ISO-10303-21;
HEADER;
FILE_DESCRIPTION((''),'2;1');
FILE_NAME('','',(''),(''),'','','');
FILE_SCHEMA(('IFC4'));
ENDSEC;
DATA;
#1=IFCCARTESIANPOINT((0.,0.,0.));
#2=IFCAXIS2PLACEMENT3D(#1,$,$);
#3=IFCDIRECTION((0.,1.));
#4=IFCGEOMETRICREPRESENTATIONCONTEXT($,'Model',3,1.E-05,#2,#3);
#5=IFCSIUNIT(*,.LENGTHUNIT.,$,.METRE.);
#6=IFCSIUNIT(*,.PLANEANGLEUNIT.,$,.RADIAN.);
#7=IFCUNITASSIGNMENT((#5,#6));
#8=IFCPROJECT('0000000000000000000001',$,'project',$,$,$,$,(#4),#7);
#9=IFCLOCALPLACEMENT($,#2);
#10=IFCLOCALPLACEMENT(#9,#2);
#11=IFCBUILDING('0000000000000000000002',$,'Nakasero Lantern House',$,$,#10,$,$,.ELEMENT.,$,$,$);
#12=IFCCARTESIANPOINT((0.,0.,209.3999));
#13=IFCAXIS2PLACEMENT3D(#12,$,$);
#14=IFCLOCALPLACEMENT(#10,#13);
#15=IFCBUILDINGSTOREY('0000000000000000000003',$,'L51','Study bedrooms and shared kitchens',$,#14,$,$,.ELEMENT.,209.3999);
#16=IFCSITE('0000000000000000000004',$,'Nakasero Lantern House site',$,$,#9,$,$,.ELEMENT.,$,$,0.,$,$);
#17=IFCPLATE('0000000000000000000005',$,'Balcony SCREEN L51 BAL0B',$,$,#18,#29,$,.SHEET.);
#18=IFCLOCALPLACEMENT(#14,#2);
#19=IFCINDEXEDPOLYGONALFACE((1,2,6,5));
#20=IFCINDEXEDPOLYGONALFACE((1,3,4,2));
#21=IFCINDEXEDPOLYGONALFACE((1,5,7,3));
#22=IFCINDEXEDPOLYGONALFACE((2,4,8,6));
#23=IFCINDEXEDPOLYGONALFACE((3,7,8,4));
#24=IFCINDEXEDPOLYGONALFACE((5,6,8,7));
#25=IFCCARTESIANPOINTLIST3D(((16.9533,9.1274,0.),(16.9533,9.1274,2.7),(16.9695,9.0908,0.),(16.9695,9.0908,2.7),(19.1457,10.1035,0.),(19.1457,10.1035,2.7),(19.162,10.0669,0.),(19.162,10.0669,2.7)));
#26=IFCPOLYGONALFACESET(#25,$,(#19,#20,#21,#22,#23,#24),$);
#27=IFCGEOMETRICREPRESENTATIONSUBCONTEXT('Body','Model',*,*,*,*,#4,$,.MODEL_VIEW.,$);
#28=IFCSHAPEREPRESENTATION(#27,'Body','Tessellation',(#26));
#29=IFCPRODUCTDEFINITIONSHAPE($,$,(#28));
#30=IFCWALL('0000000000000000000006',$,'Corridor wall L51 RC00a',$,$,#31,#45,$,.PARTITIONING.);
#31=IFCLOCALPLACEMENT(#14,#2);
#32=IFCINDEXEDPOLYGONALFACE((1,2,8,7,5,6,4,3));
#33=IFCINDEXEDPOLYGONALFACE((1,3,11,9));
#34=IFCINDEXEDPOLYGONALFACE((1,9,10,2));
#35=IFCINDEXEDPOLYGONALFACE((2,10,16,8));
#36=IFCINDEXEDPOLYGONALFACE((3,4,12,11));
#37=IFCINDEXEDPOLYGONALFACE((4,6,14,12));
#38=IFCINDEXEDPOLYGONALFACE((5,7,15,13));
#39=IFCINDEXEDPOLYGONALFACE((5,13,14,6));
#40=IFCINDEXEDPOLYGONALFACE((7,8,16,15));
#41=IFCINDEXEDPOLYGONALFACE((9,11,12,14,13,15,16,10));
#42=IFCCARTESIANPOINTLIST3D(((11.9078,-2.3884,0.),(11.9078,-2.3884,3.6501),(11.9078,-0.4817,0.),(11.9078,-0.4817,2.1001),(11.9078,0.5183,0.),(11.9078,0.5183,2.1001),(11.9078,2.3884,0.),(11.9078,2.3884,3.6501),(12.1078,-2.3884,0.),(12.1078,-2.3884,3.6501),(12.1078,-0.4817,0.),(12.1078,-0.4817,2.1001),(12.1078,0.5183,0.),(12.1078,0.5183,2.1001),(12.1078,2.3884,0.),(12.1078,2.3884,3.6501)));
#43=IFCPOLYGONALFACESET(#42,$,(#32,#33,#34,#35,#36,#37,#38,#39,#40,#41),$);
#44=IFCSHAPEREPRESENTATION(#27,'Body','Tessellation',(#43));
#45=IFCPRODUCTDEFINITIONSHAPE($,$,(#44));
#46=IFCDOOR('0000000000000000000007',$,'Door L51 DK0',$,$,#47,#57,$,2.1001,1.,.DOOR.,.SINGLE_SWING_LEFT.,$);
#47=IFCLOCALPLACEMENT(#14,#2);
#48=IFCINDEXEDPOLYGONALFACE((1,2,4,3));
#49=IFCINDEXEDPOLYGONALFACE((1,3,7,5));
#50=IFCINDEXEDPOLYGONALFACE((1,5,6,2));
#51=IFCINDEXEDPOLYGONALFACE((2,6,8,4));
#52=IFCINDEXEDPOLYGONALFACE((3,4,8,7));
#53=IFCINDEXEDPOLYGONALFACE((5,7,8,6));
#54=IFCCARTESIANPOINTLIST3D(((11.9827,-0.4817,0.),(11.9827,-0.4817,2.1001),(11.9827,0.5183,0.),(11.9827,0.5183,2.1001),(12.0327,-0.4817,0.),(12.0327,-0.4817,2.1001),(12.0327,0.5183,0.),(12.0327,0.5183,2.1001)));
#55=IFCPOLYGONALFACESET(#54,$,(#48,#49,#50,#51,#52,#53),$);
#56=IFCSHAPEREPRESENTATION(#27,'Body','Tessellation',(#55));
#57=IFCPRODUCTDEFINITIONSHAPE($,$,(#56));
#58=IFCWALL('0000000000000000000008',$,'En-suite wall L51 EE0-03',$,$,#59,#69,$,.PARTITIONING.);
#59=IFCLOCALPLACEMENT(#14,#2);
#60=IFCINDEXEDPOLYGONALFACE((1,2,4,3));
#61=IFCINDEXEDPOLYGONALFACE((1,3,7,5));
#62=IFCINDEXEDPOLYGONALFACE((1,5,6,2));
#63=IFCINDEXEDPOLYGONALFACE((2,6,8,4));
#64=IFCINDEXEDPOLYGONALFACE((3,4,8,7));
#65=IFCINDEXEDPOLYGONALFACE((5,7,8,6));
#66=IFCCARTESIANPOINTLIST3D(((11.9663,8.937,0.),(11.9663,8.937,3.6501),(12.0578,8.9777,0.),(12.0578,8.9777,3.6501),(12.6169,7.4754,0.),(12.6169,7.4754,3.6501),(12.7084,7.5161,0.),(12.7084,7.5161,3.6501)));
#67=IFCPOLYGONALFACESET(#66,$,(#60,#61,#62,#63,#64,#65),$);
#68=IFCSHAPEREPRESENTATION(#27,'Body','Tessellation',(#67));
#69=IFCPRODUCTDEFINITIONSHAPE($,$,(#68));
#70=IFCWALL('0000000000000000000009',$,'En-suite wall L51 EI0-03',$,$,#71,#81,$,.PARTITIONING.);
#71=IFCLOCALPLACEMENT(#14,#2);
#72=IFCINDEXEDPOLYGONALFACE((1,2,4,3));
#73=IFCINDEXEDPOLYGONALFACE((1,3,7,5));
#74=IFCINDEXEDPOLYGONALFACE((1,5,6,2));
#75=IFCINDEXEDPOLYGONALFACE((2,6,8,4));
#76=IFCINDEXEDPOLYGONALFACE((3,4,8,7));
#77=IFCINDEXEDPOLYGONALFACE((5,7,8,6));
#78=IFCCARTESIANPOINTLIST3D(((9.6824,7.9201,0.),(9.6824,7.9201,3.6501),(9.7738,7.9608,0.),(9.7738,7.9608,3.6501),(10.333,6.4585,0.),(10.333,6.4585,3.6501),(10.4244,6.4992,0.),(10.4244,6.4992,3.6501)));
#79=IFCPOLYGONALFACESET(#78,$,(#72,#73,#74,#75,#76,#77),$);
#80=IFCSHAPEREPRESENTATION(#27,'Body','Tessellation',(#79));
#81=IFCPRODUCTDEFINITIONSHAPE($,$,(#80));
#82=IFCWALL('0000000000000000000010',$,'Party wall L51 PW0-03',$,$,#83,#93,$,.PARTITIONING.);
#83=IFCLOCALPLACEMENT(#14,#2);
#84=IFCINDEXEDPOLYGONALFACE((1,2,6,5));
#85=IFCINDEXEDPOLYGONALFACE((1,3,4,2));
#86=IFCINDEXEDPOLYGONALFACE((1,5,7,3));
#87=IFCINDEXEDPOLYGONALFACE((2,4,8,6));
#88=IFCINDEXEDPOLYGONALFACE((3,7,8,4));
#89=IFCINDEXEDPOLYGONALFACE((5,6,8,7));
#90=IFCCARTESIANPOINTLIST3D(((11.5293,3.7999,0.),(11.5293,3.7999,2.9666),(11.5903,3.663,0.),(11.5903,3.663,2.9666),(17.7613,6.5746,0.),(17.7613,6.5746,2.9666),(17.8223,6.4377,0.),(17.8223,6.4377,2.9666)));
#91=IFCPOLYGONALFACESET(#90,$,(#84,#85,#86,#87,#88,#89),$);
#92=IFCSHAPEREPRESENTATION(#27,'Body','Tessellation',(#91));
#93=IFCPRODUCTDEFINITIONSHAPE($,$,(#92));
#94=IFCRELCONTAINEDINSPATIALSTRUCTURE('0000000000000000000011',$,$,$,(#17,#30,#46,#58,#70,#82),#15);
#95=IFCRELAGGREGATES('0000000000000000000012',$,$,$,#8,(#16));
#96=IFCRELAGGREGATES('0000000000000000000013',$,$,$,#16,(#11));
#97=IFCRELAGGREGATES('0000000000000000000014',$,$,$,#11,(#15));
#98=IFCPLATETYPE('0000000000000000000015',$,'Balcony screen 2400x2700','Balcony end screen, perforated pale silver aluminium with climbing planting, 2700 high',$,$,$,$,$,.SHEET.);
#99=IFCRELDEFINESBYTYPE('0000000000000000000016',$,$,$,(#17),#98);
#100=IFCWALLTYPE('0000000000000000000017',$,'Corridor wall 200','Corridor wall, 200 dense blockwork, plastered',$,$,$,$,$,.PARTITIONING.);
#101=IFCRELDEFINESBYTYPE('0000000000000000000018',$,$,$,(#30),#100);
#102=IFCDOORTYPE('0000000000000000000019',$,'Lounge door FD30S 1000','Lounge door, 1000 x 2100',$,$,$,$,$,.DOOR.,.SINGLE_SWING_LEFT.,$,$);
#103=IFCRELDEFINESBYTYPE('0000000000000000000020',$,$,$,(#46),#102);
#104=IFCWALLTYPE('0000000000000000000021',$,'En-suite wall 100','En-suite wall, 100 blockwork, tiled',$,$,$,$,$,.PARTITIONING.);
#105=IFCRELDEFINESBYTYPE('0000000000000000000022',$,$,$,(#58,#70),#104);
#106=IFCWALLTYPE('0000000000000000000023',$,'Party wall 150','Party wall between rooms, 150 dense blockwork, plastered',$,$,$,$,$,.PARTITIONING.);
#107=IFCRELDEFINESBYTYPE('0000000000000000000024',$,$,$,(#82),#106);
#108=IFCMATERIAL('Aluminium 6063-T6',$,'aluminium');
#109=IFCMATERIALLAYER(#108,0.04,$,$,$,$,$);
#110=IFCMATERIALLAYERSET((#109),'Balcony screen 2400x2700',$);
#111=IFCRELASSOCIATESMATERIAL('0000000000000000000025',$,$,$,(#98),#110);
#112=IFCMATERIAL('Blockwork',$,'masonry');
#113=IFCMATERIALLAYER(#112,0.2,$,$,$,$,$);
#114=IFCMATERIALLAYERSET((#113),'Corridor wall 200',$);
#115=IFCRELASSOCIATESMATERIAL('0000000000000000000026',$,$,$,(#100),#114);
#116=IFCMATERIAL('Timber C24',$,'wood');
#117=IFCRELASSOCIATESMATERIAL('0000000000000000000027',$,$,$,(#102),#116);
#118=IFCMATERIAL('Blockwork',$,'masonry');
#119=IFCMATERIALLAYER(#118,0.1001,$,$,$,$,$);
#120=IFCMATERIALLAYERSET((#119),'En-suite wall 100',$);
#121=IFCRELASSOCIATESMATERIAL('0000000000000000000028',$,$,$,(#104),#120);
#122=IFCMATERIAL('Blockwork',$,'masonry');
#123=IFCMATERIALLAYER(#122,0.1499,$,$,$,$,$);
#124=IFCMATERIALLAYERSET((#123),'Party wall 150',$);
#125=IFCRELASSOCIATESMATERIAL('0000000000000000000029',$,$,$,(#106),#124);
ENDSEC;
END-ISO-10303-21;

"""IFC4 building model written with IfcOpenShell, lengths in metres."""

from ifc_helpers import new_model, si_unit, direction, frame, frame_2d, origin, origin_2d, place, context, subcontext, project, spatial, rectangle, extrude, material, layer, layer_set, type_object, element, fill, save


model = new_model("IFC4")

# Units and contexts
model_context = context("Model", 3, precision=1e-05, world=origin(), true_north=direction((0.0, 1.0)))
body_context = subcontext(model_context, "Body", "Model", "MODEL_VIEW")
ifc_project = project(units=[si_unit("LENGTHUNIT", "METRE"), si_unit("PLANEANGLEUNIT", "RADIAN")], contexts=[model_context])

# Site, building, storey
site_placement = place(None, origin())
site = spatial("IfcSite", under=ifc_project, at=site_placement, Name="Nakasero Lantern House site", CompositionType="ELEMENT", RefElevation=0.0)
building_placement = place(site_placement, origin())
building = spatial("IfcBuilding", under=site, at=building_placement, Name="Nakasero Lantern House", CompositionType="ELEMENT")
storey_placement = place(building_placement, frame((0.0, 0.0, 209.3999)))
storey = spatial("IfcBuildingStorey", under=building, at=storey_placement, Name="L51", Description="Study bedrooms and shared kitchens", CompositionType="ELEMENT", Elevation=209.3999)

# Plate
ifc_material_1 = material(Name="Aluminium 6063-T6", Category="aluminium")
ifc_layer_1 = layer(ifc_material_1, 0.04)
ifc_layer_set_1 = layer_set([ifc_layer_1], Name="Balcony screen 2400x2700")
plate_type_1 = type_object("IfcPlateType", Name="Balcony screen 2400x2700", Description="Balcony end screen, perforated pale silver aluminium with climbing planting, 2700 high", PredefinedType="SHEET", material=ifc_layer_set_1)
for number, where, z_axis, x_axis, name in (
    (1, (18.0576, 9.5972, 0.0), (0.0, 0.0, 1.0), (0.913545, 0.406737, 0.0), "Balcony SCREEN L51 BAL0B"),
):
    element("IfcPlate", number, at=place(storey_placement, frame(where, z_axis=z_axis, x_axis=x_axis)), inside=storey, type_object=plate_type_1, Name=name, PredefinedType="SHEET", context=body_context, shape_type="SweptSolid", body=[
        extrude(rectangle(XDim=2.3999, YDim=0.04, at=origin_2d()), origin(), (0.0, 0.0, 1.0), 2.7),
    ])

# Wall, opening, door
ifc_material_2 = material(Name="Blockwork", Category="masonry")
ifc_layer_2 = layer(ifc_material_2, 0.2)
ifc_layer_set_2 = layer_set([ifc_layer_2], Name="Corridor wall 200")
wall_type_1 = type_object("IfcWallType", Name="Corridor wall 200", Description="Corridor wall, 200 dense blockwork, plastered", PredefinedType="PARTITIONING", material=ifc_layer_set_2)
wall_1_placement = place(storey_placement, frame((12.0078, 2.3884, 0.0), z_axis=(0.0, 0.0, 1.0), x_axis=(0.0, -1.0, 0.0)))
wall_1 = element("IfcWall", 2, at=wall_1_placement, inside=storey, type_object=wall_type_1, Name="Corridor wall L51 RC00a", PredefinedType="PARTITIONING", context=body_context, shape_type="SweptSolid", body=[
    extrude(rectangle(XDim=4.7769, YDim=0.2, at=frame_2d((2.3884, 0.0))), origin(), (0.0, 0.0, 1.0), 3.6501),
])
opening_placement = place(wall_1_placement, frame((1.8701, 0.0, 0.0)))
opening = element("IfcOpeningElement", 3, at=opening_placement, cuts=wall_1, PredefinedType="OPENING", context=body_context, shape_type="SweptSolid", body=[
    extrude(rectangle(XDim=1.0, YDim=2.1001, at=frame_2d((0.5, 1.05))), frame((0.0, 0.1199, 0.0), z_axis=(0.0, -1.0, 0.0), x_axis=(1.0, 0.0, 0.0)), (0.0, 0.0, 1.0), 0.24),
])
ifc_material_3 = material(Name="Timber C24", Category="wood")
door_type = type_object("IfcDoorType", Name="Lounge door FD30S 1000", Description="Lounge door, 1000 x 2100", OperationType="SINGLE_SWING_LEFT", PredefinedType="DOOR", material=ifc_material_3)
door_placement = place(opening_placement, origin())
door = element("IfcDoor", 4, at=door_placement, inside=storey, type_object=door_type, Name="Door L51 DK0", OperationType="SINGLE_SWING_LEFT", OverallHeight=2.1001, OverallWidth=1.0, PredefinedType="DOOR", context=body_context, shape_type="SweptSolid", body=[
    extrude(rectangle(XDim=1.0, YDim=2.1001, at=frame_2d((0.5, 1.05))), frame((0.0, 0.0249, 0.0), z_axis=(0.0, -1.0, 0.0), x_axis=(1.0, 0.0, 0.0)), (0.0, 0.0, 1.0), 0.05),
])
fill(opening, door)

# Walls
ifc_material_4 = material(Name="Blockwork", Category="masonry")
ifc_layer_3 = layer(ifc_material_4, 0.1001)
ifc_layer_set_3 = layer_set([ifc_layer_3], Name="En-suite wall 100")
wall_type_2 = type_object("IfcWallType", Name="En-suite wall 100", Description="En-suite wall, 100 blockwork, tiled", PredefinedType="PARTITIONING", material=ifc_layer_set_3)
for number, where, z_axis, x_axis, name in (
    (5, (12.6626, 7.4958, 0.0), (0.0, 0.0, 1.0), (-0.406662, 0.913579, 0.0), "En-suite wall L51 EE0-03"),
    (6, (10.3787, 6.479, 0.0), (0.0, 0.0, 1.0), (-0.406662, 0.913579, 0.0), "En-suite wall L51 EI0-03"),
):
    element("IfcWall", number, at=place(storey_placement, frame(where, z_axis=z_axis, x_axis=x_axis)), inside=storey, type_object=wall_type_2, Name=name, PredefinedType="PARTITIONING", context=body_context, shape_type="SweptSolid", body=[
        extrude(rectangle(XDim=1.5999, YDim=0.1001, at=frame_2d((0.7998, 0.0))), origin(), (0.0, 0.0, 1.0), 3.6501),
    ])
ifc_material_5 = material(Name="Blockwork", Category="masonry")
ifc_layer_4 = layer(ifc_material_5, 0.1499)
ifc_layer_set_4 = layer_set([ifc_layer_4], Name="Party wall 150")
wall_type_3 = type_object("IfcWallType", Name="Party wall 150", Description="Party wall between rooms, 150 dense blockwork, plastered", PredefinedType="PARTITIONING", material=ifc_layer_set_4)
wall_2_placement = place(storey_placement, frame((11.5598, 3.7314, 0.0), z_axis=(0.0, 0.0, 1.0), x_axis=(0.913544, 0.406739, 0.0)))
element("IfcWall", 7, at=wall_2_placement, inside=storey, type_object=wall_type_3, Name="Party wall L51 PW0-03", PredefinedType="PARTITIONING", context=body_context, shape_type="SweptSolid", body=[
    extrude(rectangle(XDim=6.8218, YDim=0.1499, at=frame_2d((3.4109, 0.0))), origin(), (0.0, 0.0, 1.0), 2.9666),
])

save(model, "model.ifc")
